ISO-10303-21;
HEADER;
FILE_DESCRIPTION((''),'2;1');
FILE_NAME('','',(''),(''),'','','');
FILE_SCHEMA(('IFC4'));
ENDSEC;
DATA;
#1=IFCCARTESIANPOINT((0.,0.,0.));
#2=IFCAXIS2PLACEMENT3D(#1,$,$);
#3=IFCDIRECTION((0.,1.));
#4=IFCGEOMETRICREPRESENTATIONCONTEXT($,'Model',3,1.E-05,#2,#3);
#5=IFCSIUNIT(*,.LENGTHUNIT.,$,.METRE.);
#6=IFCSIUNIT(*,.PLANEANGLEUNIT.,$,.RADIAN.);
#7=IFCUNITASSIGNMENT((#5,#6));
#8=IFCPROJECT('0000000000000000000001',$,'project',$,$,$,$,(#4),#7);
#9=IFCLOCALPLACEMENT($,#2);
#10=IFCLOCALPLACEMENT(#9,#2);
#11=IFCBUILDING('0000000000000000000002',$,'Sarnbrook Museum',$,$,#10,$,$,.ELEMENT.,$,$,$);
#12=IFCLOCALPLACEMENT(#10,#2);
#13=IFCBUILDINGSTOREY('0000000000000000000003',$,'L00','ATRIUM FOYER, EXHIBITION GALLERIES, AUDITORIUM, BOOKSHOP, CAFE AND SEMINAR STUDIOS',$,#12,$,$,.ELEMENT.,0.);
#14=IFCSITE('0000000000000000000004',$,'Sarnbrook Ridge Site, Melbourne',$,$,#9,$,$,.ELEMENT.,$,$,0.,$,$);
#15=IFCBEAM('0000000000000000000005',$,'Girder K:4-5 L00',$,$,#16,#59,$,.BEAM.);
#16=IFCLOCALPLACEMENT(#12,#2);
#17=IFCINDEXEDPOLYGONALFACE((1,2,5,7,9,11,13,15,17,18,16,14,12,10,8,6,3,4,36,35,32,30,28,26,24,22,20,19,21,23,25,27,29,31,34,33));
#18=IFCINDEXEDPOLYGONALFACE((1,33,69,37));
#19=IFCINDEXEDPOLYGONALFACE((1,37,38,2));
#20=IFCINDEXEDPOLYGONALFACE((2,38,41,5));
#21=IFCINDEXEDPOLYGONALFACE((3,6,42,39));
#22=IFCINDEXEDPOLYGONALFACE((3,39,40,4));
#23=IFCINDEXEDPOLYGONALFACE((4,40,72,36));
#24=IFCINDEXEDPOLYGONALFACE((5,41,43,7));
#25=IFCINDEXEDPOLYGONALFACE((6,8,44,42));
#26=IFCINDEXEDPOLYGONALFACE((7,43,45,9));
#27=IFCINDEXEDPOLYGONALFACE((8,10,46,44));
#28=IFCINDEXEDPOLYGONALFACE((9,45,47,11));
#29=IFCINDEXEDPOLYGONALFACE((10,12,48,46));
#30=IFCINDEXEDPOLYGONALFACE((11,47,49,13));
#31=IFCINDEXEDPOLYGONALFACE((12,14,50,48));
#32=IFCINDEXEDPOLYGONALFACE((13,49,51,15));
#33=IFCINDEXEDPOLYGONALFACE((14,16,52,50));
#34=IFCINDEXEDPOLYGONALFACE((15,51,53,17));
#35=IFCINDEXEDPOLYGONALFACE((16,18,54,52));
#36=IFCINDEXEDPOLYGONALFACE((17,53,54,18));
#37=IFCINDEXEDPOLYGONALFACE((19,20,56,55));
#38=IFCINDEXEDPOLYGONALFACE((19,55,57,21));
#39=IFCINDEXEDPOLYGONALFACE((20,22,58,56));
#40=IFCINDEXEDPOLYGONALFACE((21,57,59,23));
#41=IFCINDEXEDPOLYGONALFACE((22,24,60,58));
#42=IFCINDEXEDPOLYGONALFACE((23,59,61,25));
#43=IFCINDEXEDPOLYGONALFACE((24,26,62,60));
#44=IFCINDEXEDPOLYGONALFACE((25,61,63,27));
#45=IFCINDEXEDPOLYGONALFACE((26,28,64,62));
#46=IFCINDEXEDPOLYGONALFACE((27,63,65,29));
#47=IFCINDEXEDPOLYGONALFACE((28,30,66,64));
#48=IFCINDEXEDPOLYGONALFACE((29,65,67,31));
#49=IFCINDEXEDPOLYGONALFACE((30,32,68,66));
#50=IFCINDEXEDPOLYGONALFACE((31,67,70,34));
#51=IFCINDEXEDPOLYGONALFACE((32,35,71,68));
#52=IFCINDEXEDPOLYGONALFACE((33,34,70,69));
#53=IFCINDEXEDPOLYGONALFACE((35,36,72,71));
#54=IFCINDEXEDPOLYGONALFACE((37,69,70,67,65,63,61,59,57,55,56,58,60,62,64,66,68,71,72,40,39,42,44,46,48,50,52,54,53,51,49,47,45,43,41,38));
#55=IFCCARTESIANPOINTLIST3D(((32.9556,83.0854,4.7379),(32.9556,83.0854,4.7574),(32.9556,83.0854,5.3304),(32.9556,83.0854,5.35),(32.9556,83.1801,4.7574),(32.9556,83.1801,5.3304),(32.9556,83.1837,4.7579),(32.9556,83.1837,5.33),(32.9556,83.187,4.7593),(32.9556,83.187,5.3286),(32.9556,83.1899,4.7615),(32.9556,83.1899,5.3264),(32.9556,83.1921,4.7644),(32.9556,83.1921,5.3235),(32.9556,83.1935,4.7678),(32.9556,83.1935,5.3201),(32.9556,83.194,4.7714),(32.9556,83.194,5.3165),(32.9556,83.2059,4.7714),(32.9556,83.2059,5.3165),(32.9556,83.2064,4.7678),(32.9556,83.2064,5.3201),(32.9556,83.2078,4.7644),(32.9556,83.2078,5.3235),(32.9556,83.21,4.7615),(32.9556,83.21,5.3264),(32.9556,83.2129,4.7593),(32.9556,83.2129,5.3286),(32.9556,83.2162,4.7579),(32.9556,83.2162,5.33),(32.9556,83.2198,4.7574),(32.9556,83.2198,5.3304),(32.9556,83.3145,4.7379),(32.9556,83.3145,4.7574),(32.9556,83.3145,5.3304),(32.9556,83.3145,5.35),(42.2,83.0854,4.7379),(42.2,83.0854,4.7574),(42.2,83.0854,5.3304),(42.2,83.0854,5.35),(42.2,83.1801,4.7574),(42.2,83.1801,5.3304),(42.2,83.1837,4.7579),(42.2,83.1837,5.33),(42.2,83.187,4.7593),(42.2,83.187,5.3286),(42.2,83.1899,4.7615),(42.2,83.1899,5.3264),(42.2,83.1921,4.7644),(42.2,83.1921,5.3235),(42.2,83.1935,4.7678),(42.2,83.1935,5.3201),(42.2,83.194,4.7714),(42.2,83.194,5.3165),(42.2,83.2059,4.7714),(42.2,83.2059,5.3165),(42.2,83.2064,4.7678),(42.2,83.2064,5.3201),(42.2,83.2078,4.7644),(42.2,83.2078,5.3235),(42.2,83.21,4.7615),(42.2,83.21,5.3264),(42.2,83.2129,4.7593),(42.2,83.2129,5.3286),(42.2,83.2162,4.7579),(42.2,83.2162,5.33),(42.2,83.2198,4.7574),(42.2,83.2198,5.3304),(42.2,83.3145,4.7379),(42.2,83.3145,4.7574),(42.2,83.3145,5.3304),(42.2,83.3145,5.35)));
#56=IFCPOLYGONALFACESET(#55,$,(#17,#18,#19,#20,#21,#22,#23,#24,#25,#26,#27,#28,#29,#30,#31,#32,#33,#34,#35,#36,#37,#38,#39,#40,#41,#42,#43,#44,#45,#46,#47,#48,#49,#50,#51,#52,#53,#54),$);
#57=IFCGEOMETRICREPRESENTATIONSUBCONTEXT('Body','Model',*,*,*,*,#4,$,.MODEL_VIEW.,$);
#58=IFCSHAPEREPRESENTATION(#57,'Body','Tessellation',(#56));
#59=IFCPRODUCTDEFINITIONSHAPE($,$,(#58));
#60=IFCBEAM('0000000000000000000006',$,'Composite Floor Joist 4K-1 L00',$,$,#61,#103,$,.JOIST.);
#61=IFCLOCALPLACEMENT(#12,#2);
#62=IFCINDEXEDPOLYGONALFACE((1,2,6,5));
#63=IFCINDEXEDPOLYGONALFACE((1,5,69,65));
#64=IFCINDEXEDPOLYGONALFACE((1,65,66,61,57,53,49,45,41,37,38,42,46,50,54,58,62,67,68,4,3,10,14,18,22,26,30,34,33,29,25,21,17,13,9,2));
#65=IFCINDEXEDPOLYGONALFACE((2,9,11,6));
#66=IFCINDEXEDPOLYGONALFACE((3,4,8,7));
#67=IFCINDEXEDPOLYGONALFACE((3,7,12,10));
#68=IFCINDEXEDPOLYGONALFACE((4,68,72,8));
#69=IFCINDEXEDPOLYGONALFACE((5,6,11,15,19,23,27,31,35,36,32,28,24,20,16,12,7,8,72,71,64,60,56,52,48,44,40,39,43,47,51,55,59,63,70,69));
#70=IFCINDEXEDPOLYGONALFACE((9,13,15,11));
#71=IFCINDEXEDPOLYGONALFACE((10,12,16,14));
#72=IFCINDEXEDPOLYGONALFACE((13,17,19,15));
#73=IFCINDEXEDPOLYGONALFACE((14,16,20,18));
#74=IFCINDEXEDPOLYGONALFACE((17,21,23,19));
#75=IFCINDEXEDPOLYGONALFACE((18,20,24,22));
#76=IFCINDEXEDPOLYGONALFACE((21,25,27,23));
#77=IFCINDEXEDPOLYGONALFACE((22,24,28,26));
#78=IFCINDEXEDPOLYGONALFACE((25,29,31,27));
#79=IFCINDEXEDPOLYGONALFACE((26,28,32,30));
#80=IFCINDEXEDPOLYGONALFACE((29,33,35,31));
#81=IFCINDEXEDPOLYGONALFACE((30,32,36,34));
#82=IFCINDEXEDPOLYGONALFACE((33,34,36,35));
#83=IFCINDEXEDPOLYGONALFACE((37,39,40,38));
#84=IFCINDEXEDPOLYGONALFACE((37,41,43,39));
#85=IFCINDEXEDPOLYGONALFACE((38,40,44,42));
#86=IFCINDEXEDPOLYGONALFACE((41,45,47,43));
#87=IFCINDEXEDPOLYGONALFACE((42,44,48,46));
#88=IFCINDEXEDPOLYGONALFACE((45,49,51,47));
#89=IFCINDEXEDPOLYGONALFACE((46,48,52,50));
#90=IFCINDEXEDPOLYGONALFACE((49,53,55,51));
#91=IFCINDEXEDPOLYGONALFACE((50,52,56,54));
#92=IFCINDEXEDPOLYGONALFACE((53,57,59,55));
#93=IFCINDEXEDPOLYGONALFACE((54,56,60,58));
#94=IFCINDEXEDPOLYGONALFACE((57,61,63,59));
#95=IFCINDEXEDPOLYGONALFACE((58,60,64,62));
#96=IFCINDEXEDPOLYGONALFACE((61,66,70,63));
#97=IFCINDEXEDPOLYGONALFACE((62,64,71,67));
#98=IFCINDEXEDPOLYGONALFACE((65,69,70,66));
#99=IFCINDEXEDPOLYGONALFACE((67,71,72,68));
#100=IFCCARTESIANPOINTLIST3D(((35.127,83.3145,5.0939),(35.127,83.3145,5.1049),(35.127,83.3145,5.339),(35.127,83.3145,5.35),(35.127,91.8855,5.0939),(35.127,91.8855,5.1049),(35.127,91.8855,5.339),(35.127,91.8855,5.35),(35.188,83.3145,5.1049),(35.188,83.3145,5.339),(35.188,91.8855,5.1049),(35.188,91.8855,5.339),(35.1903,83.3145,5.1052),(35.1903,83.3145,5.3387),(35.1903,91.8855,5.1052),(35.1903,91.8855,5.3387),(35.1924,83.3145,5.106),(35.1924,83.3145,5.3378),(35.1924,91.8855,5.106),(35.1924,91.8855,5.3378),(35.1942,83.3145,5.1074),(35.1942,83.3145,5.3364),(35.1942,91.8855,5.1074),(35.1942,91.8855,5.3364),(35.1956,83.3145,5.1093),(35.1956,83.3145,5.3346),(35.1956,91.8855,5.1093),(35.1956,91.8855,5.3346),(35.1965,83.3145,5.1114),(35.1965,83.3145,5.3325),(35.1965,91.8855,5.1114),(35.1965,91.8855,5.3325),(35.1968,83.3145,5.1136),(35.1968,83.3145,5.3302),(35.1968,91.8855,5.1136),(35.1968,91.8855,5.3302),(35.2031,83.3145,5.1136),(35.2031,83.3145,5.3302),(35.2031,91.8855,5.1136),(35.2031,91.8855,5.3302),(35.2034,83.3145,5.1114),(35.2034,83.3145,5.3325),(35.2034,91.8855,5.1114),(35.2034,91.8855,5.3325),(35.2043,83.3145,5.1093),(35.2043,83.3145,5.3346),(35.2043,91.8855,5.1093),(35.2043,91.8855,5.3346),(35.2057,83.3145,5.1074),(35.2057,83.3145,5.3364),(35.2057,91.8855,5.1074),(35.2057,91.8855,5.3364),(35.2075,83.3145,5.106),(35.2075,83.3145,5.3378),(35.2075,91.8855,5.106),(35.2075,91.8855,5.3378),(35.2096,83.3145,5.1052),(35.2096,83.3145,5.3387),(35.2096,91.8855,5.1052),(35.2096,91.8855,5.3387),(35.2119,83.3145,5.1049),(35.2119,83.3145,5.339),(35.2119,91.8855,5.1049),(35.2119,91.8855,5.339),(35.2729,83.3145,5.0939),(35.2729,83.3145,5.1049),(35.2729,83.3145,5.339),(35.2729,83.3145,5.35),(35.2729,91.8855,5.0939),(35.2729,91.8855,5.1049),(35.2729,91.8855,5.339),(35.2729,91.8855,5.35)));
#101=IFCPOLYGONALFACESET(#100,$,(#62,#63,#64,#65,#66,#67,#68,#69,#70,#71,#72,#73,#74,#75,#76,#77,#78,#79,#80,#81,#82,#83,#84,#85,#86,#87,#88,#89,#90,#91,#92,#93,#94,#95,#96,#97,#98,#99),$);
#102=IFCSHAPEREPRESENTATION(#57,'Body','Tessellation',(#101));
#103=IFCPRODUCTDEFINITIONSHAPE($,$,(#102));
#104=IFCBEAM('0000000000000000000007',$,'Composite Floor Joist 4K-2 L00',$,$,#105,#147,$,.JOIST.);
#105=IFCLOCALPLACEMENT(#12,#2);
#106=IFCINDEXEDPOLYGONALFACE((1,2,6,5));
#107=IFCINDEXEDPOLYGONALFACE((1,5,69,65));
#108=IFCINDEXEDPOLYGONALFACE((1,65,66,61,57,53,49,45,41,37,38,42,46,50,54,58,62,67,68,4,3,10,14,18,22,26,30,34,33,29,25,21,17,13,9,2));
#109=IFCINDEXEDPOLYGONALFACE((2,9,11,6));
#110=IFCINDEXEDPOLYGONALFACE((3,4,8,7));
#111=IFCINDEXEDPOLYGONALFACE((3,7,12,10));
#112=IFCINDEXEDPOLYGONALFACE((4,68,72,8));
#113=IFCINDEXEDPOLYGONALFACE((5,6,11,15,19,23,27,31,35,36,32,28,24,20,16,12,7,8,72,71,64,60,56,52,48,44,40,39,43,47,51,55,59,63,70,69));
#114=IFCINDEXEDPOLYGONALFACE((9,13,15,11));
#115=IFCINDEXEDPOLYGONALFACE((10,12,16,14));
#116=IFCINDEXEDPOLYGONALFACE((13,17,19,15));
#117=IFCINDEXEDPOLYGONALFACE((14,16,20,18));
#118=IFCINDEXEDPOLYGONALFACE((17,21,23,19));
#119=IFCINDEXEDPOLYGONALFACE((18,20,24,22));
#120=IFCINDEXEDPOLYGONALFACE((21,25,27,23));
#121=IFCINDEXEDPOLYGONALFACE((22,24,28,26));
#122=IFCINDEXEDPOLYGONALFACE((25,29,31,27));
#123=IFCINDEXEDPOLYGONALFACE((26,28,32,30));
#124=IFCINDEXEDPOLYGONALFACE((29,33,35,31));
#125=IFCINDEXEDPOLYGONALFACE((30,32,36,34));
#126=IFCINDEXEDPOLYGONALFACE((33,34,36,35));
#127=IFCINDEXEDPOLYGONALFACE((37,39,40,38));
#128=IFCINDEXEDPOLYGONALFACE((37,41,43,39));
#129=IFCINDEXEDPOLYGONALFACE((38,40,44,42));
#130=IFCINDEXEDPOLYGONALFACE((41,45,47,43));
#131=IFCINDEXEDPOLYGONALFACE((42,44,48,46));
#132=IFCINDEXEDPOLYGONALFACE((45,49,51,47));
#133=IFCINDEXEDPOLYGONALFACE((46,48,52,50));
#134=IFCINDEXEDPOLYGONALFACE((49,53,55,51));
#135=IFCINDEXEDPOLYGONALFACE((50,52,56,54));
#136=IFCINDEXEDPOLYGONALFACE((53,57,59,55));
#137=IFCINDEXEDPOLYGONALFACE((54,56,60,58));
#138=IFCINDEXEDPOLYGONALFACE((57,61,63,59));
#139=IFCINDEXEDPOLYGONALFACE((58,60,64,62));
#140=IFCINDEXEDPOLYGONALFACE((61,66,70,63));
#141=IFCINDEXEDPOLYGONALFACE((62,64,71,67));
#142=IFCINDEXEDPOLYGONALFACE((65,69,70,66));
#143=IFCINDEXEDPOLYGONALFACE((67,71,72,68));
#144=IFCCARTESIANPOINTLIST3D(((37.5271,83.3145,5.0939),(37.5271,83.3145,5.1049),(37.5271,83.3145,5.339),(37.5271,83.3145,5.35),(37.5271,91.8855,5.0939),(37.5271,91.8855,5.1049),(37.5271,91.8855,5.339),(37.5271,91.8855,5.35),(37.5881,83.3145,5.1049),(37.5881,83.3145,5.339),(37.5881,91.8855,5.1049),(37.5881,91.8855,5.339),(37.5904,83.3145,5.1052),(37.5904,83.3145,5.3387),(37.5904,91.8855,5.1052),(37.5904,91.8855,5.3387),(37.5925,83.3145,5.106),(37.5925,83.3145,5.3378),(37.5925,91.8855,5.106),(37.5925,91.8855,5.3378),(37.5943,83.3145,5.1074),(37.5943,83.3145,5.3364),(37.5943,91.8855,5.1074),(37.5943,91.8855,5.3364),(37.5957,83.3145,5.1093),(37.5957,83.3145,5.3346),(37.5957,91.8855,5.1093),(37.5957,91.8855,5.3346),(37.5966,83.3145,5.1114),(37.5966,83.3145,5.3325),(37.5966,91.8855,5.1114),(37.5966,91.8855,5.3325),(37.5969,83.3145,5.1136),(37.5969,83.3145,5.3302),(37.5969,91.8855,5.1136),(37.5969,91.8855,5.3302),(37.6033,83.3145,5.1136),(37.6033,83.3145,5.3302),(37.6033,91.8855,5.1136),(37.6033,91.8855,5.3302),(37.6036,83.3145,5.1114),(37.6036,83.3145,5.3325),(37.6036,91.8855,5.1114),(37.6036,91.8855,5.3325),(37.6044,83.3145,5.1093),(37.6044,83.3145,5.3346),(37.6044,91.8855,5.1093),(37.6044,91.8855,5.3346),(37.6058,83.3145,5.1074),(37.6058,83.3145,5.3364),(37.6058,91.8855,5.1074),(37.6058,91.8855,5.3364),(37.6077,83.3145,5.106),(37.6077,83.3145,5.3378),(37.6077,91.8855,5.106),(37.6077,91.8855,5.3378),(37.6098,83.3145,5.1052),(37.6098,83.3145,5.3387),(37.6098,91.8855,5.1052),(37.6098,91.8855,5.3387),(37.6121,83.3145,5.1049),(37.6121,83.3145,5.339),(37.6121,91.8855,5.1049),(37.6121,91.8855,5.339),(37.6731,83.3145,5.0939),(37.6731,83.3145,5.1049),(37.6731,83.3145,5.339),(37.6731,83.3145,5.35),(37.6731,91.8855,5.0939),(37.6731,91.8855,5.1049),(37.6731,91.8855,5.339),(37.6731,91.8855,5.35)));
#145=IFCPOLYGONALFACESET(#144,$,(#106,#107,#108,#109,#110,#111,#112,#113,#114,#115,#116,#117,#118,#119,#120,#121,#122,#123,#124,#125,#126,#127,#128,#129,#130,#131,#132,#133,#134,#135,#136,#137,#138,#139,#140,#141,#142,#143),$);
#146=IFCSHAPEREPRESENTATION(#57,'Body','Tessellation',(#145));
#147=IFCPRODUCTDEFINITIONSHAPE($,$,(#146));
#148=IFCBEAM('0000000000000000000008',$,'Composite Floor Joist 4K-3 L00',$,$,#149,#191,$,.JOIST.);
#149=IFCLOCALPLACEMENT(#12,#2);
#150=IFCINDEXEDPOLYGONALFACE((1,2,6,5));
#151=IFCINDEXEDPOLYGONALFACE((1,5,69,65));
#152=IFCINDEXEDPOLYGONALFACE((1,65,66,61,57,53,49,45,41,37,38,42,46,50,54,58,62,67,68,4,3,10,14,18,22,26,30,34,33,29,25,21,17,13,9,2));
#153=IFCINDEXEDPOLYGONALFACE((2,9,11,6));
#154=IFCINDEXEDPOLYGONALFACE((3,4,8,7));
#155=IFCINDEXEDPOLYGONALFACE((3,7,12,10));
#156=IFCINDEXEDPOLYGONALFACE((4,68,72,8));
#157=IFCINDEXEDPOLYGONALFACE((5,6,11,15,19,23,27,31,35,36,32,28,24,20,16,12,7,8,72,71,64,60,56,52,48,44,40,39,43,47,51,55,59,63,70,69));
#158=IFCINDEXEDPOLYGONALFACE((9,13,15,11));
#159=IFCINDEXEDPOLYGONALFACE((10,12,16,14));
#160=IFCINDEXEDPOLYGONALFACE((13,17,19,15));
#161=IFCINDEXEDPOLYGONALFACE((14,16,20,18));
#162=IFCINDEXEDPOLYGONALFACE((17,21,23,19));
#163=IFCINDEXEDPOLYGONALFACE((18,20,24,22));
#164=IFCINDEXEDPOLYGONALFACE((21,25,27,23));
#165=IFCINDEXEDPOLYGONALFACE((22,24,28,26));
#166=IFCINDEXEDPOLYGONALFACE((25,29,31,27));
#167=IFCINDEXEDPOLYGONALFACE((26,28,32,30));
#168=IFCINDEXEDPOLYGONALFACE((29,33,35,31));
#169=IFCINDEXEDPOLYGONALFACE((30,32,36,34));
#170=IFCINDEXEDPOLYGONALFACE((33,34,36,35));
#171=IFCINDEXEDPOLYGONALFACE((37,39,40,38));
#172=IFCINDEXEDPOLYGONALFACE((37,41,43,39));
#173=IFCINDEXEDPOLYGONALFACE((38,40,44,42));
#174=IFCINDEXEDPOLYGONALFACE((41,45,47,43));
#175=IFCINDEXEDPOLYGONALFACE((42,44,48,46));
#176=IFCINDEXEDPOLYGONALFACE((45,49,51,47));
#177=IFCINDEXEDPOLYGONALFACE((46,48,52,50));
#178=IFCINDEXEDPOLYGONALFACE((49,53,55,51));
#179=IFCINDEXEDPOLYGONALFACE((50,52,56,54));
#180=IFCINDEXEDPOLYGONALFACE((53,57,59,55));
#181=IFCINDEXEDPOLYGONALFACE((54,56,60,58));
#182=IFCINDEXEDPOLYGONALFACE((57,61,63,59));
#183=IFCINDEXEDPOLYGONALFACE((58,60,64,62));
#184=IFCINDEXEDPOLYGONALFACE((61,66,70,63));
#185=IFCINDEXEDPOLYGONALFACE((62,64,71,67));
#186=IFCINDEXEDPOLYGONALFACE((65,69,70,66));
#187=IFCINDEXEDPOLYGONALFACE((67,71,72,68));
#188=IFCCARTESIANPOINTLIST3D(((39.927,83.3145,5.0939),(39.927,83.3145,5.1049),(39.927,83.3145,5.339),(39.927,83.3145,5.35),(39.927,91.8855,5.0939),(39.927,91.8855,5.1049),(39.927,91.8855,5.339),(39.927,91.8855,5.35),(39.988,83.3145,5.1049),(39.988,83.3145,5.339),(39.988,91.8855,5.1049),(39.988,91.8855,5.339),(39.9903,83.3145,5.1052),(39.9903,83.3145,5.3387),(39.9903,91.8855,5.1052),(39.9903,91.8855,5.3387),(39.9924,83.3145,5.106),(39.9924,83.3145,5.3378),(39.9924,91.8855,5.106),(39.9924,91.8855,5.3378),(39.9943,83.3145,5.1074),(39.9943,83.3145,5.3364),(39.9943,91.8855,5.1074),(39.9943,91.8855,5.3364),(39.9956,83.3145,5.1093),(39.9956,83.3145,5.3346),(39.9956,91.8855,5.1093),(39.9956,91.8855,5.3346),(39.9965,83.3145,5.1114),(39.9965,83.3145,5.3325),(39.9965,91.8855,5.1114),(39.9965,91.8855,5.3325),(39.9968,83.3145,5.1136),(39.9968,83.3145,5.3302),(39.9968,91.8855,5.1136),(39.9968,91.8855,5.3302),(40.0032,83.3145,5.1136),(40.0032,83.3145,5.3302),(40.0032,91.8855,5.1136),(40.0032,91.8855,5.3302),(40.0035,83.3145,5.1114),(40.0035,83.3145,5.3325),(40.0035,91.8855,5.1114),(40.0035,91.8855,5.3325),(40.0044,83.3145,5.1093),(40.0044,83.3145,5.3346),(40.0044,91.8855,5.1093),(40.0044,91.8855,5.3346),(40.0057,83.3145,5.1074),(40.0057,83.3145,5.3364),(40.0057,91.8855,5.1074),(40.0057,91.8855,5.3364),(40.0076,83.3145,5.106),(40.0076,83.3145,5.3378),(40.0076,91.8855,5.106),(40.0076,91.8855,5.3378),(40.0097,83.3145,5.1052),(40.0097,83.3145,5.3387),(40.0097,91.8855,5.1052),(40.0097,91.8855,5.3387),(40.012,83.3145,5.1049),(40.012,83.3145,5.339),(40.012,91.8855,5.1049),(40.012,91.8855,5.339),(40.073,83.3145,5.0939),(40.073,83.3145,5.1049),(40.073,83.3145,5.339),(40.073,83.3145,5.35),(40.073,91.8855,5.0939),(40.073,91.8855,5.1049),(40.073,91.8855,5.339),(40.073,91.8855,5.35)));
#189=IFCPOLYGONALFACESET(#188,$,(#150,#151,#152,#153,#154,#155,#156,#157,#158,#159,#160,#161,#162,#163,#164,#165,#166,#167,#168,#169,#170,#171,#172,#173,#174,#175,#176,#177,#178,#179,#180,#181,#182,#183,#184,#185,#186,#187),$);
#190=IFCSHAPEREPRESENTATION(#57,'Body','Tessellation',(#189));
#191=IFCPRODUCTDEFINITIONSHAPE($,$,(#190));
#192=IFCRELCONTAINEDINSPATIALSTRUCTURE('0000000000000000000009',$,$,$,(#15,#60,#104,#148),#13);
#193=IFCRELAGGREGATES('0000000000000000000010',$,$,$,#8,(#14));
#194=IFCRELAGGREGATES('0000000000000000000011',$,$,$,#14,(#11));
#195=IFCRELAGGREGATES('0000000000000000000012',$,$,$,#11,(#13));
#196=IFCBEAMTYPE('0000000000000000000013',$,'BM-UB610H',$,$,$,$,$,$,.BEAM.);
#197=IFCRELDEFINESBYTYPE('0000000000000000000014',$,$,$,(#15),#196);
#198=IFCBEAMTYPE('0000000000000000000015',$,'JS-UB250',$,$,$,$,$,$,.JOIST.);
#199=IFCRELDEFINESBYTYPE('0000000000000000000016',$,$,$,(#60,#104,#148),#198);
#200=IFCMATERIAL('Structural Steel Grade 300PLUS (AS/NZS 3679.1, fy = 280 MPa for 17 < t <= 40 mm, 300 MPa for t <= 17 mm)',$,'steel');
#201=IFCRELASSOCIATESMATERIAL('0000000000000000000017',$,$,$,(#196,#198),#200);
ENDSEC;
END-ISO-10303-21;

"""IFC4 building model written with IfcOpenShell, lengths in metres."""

from ifc_helpers import new_model, si_unit, direction, frame, origin, origin_2d, place, context, subcontext, project, spatial, i_section, extrude, material, material_profile, profile_set, type_object, element, save


model = new_model("IFC4")

# Units and contexts
model_context = context("Model", 3, precision=1e-05, world=origin(), true_north=direction((0.0, 1.0)))
body_context = subcontext(model_context, "Body", "Model", "MODEL_VIEW")
ifc_project = project(units=[si_unit("LENGTHUNIT", "METRE"), si_unit("PLANEANGLEUNIT", "RADIAN")], contexts=[model_context])

# Site, building, storey
site_placement = place(None, origin())
site = spatial("IfcSite", under=ifc_project, at=site_placement, Name="Sarnbrook Ridge Site, Melbourne", CompositionType="ELEMENT", RefElevation=0.0)
building_placement = place(site_placement, origin())
building = spatial("IfcBuilding", under=site, at=building_placement, Name="Sarnbrook Museum", CompositionType="ELEMENT")
storey_placement = place(building_placement, origin())
storey = spatial("IfcBuildingStorey", under=building, at=storey_placement, Name="L00", Description="ATRIUM FOYER, EXHIBITION GALLERIES, AUDITORIUM, BOOKSHOP, CAFE AND SEMINAR STUDIOS", CompositionType="ELEMENT", Elevation=0.0)

# Shared definitions
ifc_material_1 = material(Name="Structural Steel Grade 300PLUS (AS/NZS 3679.1, fy = 280 MPa for 17 < t <= 40 mm, 300 MPa for t <= 17 mm)", Category="steel")

# Beams
ifc_material_profile_1 = material_profile(ifc_material_1, i_section(OverallWidth=0.229, OverallDepth=0.6121, WebThickness=0.012, FlangeThickness=0.0195, FilletRadius=0.0139, at=origin_2d()), Name="610UB125")
ifc_profile_set_1 = profile_set([ifc_material_profile_1], Name="Structural Steel Grade 300PLUS (AS/NZS 3679.1, fy = 280 MPa for 17 < t <= 40 mm, 300 MPa for t <= 17 mm)")
beam_type_1 = type_object("IfcBeamType", Name="BM-UB610H", PredefinedType="BEAM", material=ifc_profile_set_1)
for number, where, z_axis, x_axis, name in (
    (1, (32.9556, 83.2, 5.0439), (1.0, 0.0, 0.0), (0.0, 1.0, 0.0), "Girder K:4-5 L00"),
):
    element("IfcBeam", number, at=place(storey_placement, frame(where, z_axis=z_axis, x_axis=x_axis)), inside=storey, type_object=beam_type_1, Name=name, PredefinedType="BEAM", context=body_context, shape_type="SweptSolid", body=[
        extrude(i_section(OverallWidth=0.229, OverallDepth=0.6121, WebThickness=0.012, FlangeThickness=0.0195, FilletRadius=0.0139, at=origin_2d()), origin(), (0.0, 0.0, 1.0), 9.2444),
    ])
ifc_material_profile_2 = material_profile(ifc_material_1, i_section(OverallWidth=0.146, OverallDepth=0.2561, WebThickness=0.0063, FlangeThickness=0.011, FilletRadius=0.0088, at=origin_2d()), Name="250UB37.3")
ifc_profile_set_2 = profile_set([ifc_material_profile_2], Name="Structural Steel Grade 300PLUS (AS/NZS 3679.1, fy = 280 MPa for 17 < t <= 40 mm, 300 MPa for t <= 17 mm)")
beam_type_2 = type_object("IfcBeamType", Name="JS-UB250", PredefinedType="JOIST", material=ifc_profile_set_2)
for number, where, z_axis, x_axis, name in (
    (2, (35.2, 83.3145, 5.2219), (0.0, 1.0, 0.0), (-1.0, 0.0, 0.0), "Composite Floor Joist 4K-1 L00"),
    (3, (37.6001, 83.3145, 5.2219), (0.0, 1.0, 0.0), (-1.0, 0.0, 0.0), "Composite Floor Joist 4K-2 L00"),
    (4, (40.0, 83.3145, 5.2219), (0.0, 1.0, 0.0), (-1.0, 0.0, 0.0), "Composite Floor Joist 4K-3 L00"),
):
    element("IfcBeam", number, at=place(storey_placement, frame(where, z_axis=z_axis, x_axis=x_axis)), inside=storey, type_object=beam_type_2, Name=name, PredefinedType="JOIST", context=body_context, shape_type="SweptSolid", body=[
        extrude(i_section(OverallWidth=0.146, OverallDepth=0.2561, WebThickness=0.0063, FlangeThickness=0.011, FilletRadius=0.0088, at=origin_2d()), origin(), (0.0, 0.0, 1.0), 8.571),
    ])

save(model, "model.ifc")
